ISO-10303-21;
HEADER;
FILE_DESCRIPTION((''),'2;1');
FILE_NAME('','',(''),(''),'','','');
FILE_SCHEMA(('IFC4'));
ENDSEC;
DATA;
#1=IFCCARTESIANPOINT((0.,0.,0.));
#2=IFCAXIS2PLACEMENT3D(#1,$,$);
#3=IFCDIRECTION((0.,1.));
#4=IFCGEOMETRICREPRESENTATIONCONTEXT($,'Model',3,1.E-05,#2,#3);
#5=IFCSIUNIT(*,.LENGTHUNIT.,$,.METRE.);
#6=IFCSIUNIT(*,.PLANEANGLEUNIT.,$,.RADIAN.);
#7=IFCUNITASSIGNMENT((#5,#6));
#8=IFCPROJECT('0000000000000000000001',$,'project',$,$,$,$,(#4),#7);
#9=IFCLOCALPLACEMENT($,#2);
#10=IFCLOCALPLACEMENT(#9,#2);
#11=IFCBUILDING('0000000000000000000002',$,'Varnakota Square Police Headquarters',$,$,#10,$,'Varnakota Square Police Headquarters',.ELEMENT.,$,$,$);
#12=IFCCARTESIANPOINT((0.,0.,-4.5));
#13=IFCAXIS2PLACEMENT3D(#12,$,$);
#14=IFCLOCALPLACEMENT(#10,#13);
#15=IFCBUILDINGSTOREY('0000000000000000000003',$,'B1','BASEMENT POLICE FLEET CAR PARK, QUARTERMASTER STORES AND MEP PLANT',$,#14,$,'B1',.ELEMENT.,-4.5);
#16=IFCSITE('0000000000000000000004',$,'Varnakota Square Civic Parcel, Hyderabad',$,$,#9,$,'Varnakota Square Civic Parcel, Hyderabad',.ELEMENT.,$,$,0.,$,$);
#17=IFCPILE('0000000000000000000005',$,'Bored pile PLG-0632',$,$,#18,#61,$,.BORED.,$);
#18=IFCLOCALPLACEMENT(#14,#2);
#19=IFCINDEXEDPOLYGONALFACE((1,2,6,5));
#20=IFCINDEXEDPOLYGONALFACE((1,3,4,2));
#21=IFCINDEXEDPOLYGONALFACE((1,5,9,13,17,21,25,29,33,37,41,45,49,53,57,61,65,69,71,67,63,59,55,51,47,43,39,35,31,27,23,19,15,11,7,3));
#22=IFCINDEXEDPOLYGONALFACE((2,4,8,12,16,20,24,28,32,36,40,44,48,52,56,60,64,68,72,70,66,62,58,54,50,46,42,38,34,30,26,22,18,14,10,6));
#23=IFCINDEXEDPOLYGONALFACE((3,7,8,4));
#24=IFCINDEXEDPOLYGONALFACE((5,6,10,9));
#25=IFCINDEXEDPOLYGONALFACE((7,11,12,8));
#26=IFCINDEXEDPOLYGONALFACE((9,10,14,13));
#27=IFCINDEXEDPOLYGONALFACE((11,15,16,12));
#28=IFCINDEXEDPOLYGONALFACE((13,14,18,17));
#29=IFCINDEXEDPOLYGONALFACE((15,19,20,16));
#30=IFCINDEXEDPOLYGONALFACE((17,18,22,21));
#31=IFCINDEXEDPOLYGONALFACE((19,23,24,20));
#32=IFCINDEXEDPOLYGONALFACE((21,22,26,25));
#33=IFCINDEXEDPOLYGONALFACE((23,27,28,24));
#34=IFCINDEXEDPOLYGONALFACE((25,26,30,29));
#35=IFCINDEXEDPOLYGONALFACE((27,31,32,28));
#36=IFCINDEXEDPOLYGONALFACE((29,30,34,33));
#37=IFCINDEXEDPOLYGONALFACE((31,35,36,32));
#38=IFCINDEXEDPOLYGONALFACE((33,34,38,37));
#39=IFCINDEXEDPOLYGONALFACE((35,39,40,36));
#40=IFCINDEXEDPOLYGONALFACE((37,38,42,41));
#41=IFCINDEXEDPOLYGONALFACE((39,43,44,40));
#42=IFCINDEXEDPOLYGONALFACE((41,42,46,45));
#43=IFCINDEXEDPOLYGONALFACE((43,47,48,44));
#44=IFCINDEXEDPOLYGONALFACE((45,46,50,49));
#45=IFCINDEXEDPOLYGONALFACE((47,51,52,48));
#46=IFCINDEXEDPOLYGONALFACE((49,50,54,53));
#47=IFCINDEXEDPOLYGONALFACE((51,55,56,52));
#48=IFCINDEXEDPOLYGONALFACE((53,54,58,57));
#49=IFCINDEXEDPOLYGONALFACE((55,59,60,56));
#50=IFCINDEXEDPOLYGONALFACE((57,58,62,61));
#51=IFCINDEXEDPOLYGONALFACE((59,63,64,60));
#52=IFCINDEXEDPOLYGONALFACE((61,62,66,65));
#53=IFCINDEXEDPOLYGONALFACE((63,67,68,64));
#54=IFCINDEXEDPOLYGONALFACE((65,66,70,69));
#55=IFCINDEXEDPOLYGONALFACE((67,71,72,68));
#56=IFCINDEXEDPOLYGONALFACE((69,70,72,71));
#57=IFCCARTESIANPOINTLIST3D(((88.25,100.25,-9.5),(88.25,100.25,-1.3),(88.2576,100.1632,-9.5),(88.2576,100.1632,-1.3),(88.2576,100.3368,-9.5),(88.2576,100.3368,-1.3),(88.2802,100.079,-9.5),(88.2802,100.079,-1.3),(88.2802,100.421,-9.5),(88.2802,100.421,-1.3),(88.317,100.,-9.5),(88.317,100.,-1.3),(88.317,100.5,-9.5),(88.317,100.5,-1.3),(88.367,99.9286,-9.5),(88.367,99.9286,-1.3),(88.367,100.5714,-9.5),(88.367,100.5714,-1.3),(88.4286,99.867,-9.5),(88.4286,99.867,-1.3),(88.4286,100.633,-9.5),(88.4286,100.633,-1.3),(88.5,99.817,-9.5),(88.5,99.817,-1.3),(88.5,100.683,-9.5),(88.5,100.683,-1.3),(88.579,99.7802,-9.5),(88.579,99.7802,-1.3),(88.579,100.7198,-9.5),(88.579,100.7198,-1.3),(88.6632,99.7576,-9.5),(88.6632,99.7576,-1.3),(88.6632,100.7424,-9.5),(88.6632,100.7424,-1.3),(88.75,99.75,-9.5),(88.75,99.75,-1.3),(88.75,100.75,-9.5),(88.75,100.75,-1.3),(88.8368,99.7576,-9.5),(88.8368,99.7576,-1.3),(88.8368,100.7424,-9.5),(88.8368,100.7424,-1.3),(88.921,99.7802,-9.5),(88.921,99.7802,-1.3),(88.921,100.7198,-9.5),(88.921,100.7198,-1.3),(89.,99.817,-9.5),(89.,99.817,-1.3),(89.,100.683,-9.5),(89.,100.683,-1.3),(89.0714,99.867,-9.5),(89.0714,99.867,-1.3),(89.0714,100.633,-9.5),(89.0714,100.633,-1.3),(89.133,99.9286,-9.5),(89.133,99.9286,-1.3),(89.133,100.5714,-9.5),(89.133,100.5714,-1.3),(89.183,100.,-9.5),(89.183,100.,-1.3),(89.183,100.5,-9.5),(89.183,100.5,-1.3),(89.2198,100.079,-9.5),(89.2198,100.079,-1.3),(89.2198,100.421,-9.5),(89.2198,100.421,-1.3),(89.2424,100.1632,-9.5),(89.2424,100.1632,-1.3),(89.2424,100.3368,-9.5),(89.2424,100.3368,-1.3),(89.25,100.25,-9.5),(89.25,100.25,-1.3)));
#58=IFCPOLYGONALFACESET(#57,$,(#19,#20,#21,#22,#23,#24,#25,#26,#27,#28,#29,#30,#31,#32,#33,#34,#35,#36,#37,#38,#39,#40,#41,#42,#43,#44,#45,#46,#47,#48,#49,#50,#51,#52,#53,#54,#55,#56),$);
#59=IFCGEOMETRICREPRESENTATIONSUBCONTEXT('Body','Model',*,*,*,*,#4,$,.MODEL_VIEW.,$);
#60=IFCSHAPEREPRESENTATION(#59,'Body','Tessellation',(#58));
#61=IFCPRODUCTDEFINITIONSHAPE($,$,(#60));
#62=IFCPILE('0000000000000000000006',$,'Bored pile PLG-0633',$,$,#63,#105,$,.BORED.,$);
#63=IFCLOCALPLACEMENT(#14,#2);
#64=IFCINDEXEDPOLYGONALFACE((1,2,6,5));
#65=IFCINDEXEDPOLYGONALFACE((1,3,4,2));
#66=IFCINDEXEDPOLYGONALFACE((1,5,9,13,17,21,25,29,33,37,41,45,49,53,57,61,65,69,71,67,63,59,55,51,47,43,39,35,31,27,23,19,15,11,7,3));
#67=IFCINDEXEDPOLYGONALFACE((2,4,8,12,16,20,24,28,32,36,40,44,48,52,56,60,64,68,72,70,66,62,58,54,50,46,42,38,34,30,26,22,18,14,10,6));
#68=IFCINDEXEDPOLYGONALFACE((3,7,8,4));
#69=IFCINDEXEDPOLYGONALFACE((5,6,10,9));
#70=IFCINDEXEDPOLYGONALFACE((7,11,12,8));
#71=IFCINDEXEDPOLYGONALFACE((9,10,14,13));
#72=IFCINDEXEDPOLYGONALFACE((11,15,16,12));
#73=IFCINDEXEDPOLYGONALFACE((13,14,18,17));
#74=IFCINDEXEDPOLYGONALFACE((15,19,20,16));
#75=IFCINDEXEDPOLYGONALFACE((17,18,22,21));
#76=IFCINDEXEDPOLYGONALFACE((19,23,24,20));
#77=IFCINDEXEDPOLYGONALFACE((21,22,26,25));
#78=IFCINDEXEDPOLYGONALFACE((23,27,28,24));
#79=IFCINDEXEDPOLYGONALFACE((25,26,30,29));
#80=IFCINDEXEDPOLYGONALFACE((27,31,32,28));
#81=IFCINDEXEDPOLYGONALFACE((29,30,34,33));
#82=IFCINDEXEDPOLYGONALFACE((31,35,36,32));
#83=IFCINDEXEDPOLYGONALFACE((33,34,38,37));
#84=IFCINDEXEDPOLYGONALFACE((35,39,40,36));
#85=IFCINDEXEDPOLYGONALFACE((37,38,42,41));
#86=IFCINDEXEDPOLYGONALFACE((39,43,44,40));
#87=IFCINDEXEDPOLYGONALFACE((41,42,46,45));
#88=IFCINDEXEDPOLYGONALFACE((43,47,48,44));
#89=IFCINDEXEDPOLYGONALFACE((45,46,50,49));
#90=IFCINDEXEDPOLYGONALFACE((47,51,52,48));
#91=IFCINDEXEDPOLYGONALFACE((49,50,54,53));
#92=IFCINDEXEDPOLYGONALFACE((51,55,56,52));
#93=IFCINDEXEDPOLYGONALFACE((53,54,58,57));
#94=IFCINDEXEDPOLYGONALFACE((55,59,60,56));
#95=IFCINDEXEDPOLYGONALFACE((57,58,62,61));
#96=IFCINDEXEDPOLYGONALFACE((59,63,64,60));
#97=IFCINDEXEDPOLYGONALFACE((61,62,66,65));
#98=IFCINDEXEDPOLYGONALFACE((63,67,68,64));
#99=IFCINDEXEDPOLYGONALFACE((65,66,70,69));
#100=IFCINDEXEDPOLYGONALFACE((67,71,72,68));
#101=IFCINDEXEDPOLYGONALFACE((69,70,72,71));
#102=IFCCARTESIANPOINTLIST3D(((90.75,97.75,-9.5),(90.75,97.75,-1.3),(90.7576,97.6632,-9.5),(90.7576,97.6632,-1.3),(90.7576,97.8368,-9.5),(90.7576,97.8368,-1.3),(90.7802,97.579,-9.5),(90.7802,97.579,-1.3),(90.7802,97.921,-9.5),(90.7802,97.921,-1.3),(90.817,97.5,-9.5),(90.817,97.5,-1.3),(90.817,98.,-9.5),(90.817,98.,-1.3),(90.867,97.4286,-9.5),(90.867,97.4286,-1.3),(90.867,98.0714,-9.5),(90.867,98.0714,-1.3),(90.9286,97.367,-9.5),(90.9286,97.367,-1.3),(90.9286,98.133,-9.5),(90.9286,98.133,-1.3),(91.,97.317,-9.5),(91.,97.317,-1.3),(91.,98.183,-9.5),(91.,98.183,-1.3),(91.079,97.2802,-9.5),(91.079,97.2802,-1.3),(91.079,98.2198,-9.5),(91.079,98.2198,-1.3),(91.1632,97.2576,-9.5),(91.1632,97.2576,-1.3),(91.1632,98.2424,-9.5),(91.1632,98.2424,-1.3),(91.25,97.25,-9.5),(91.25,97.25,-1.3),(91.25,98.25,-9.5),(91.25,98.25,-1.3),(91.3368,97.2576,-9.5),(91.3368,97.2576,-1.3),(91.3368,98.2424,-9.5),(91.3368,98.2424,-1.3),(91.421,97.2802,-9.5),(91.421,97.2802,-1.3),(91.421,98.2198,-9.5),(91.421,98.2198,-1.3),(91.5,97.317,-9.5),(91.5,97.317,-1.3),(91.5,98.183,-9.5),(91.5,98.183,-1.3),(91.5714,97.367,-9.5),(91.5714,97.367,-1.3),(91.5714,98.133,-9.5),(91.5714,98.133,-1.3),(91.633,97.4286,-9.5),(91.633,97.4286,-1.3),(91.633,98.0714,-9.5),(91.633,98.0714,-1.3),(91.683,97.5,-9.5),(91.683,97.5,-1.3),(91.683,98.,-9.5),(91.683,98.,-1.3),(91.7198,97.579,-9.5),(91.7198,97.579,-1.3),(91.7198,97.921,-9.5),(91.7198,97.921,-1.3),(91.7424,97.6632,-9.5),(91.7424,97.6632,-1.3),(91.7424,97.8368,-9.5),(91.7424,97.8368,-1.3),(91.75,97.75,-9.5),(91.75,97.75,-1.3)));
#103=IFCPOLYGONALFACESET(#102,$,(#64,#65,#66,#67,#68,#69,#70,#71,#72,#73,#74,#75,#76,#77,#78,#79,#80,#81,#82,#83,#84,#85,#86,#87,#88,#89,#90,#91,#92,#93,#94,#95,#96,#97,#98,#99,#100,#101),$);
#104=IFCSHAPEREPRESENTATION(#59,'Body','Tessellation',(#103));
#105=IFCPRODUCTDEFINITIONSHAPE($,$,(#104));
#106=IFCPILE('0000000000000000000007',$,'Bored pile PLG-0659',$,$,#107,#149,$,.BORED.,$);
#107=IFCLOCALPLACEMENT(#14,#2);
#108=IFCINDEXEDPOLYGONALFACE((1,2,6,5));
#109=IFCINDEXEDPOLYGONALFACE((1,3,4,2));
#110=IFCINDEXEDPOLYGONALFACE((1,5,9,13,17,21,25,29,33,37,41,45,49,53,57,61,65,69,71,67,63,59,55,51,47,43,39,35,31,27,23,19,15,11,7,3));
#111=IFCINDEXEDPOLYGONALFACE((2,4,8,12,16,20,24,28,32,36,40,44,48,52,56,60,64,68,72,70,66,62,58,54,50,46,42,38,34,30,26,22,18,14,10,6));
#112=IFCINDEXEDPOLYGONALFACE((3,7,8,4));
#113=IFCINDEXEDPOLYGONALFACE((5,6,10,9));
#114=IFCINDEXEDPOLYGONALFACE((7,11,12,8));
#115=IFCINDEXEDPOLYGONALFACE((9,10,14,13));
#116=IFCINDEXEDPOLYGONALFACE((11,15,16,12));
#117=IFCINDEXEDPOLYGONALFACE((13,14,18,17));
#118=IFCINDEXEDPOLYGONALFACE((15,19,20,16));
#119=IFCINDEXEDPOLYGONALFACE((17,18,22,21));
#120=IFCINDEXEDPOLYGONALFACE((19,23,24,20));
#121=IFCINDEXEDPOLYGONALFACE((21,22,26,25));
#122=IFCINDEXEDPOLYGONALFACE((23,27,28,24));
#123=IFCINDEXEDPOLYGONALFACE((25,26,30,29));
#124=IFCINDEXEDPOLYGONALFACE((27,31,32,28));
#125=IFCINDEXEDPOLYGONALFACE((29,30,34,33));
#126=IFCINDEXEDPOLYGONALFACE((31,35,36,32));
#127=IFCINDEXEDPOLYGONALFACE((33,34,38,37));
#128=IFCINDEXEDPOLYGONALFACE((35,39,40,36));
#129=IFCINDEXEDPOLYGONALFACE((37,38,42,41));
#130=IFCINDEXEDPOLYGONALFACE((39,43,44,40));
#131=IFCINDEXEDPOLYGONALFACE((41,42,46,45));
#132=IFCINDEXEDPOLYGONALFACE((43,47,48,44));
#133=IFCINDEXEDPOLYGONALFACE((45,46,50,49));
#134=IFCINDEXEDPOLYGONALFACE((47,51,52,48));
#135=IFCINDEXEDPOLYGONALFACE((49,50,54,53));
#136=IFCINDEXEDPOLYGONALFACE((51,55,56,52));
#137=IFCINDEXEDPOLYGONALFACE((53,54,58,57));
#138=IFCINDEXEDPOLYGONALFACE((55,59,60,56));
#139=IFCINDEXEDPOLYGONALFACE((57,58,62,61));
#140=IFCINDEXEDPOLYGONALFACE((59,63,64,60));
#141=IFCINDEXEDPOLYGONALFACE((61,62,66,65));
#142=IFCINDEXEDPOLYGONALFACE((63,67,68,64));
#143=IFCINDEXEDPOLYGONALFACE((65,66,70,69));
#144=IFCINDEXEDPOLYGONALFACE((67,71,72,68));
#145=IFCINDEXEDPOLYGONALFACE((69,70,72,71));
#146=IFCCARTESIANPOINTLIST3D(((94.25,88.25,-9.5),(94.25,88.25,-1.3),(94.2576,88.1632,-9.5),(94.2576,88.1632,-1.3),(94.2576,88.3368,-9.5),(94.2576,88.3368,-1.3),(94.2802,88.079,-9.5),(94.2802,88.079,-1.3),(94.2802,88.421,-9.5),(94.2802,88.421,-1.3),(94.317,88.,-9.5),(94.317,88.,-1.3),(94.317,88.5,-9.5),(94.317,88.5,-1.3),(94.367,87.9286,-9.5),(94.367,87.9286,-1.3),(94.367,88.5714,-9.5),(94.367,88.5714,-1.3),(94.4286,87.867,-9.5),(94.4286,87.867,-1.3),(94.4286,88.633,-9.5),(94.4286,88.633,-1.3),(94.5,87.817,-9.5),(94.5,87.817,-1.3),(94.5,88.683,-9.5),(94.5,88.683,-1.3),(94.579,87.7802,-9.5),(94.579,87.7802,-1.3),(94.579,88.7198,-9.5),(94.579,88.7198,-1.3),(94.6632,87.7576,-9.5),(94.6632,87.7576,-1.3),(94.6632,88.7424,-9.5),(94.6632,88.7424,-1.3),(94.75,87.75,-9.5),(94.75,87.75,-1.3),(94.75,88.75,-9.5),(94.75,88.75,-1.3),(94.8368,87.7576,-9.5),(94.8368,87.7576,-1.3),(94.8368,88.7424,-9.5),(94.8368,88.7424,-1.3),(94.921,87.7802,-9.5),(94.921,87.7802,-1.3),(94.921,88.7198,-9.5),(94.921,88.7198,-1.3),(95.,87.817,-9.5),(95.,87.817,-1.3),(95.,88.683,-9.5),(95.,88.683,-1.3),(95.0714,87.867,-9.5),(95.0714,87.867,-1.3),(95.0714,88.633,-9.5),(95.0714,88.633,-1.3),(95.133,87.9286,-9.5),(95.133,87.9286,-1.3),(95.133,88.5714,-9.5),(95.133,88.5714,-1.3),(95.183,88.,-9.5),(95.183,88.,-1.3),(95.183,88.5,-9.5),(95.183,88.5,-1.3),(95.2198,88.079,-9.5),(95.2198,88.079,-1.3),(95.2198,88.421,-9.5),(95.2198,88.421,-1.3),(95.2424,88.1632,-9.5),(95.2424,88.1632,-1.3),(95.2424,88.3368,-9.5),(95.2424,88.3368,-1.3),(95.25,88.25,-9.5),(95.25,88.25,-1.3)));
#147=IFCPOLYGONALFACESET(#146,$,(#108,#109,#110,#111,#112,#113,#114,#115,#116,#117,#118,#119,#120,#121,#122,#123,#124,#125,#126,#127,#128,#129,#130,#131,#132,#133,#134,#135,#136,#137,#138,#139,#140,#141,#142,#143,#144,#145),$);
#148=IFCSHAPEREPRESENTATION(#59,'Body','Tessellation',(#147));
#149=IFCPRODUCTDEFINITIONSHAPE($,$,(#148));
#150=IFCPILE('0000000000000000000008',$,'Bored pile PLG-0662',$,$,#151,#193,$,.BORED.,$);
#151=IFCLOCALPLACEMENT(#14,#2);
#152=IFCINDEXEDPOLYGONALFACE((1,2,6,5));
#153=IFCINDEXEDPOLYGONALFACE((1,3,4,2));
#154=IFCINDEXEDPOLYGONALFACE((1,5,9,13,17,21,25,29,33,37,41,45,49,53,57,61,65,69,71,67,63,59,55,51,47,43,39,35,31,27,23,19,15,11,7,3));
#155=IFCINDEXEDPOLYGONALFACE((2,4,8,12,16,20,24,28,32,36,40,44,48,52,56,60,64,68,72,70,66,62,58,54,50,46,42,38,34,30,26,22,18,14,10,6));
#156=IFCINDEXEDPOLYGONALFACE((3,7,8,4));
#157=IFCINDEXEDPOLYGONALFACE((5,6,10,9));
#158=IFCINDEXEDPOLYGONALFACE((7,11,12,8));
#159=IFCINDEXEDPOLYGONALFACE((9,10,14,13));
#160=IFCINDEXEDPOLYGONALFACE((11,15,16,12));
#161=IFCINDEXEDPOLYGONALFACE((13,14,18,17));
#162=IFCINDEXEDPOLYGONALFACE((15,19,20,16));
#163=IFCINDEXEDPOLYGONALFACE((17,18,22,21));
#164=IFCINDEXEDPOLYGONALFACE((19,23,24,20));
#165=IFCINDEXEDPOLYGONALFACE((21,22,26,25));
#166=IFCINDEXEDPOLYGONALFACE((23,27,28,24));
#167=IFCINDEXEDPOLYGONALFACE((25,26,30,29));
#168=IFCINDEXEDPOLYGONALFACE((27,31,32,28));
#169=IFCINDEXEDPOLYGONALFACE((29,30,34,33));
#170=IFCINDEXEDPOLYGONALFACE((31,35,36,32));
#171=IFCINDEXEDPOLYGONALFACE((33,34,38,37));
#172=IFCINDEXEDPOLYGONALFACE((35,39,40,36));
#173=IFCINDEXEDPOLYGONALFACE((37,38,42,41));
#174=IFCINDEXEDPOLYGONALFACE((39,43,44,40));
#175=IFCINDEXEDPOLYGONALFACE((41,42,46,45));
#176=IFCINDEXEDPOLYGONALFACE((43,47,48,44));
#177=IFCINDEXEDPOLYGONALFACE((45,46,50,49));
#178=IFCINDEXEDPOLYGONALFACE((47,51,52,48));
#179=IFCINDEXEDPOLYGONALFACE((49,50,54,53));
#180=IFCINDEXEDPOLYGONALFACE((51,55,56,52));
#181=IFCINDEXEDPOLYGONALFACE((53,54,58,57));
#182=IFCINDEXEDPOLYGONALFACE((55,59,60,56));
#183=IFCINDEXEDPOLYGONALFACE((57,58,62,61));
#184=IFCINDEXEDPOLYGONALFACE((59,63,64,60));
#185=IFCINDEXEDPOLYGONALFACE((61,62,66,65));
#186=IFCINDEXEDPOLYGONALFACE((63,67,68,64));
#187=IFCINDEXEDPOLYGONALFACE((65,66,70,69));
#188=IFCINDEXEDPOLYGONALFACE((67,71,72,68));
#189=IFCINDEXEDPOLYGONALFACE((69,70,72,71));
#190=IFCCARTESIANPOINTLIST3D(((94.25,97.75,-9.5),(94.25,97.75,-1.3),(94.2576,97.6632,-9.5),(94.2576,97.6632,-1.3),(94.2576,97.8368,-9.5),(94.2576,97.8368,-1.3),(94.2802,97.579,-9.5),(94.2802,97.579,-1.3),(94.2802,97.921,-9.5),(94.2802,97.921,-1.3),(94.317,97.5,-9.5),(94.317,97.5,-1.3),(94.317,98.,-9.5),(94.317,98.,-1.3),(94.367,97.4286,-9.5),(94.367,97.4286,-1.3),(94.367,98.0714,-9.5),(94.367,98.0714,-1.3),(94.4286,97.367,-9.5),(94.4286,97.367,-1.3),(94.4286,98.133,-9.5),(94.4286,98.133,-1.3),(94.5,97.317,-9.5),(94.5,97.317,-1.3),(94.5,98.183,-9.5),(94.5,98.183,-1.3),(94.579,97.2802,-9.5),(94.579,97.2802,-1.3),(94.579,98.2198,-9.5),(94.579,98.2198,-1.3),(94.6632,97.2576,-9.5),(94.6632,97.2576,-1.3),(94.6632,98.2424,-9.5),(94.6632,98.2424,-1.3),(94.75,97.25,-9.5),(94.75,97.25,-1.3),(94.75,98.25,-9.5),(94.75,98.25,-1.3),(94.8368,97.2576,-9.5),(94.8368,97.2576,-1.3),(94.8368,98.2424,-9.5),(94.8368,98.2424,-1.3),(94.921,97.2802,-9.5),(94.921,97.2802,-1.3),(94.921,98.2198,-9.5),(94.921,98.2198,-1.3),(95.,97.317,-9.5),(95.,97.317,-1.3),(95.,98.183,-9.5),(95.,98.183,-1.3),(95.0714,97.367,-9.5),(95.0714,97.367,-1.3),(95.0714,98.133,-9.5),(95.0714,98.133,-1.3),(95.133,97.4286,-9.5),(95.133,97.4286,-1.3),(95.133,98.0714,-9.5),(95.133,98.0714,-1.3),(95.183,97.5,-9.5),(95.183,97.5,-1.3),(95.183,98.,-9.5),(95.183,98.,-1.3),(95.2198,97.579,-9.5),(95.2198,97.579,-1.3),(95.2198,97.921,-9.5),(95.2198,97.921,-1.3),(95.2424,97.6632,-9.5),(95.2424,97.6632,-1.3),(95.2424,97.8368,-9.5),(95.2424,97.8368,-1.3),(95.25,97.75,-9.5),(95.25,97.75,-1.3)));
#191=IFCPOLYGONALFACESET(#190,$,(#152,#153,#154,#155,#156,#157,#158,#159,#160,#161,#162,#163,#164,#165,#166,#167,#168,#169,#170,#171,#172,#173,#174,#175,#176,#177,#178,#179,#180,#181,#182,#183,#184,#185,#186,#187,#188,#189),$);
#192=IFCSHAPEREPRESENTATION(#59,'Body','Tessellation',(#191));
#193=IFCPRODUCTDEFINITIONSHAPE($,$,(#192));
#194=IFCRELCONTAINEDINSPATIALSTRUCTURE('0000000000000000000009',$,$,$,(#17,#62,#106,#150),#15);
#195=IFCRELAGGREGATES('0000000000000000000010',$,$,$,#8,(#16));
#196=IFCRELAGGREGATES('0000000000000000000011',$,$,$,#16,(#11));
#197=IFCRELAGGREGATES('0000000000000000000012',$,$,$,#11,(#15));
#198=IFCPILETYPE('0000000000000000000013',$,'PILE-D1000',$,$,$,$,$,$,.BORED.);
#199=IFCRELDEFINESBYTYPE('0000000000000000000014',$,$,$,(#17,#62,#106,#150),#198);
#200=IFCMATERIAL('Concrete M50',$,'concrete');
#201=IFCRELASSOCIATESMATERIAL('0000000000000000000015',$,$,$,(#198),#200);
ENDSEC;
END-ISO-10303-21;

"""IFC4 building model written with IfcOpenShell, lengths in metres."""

from ifc_helpers import new_model, si_unit, direction, frame, origin, origin_2d, place, context, subcontext, project, spatial, circle, extrude, material, material_profile, profile_set, type_object, element, save


model = new_model("IFC4")

# Units and contexts
model_context = context("Model", 3, precision=1e-05, world=origin(), true_north=direction((0.0, 1.0)))
body_context = subcontext(model_context, "Body", "Model", "MODEL_VIEW")
ifc_project = project(units=[si_unit("LENGTHUNIT", "METRE"), si_unit("PLANEANGLEUNIT", "RADIAN")], contexts=[model_context])

# Site, building, storey
site_placement = place(None, origin())
site = spatial("IfcSite", under=ifc_project, at=site_placement, Name="Varnakota Square Civic Parcel, Hyderabad", LongName="Varnakota Square Civic Parcel, Hyderabad", CompositionType="ELEMENT", RefElevation=0.0)
building_placement = place(site_placement, origin())
building = spatial("IfcBuilding", under=site, at=building_placement, Name="Varnakota Square Police Headquarters", LongName="Varnakota Square Police Headquarters", CompositionType="ELEMENT")
storey_placement = place(building_placement, frame((0.0, 0.0, -4.5)))
storey = spatial("IfcBuildingStorey", under=building, at=storey_placement, Name="B1", Description="BASEMENT POLICE FLEET CAR PARK, QUARTERMASTER STORES AND MEP PLANT", LongName="B1", CompositionType="ELEMENT", Elevation=-4.5)

# Shared definitions
ifc_material_1 = material(Name="Concrete M50", Category="concrete")

# Piles
ifc_material_profile_1 = material_profile(ifc_material_1, circle(Radius=0.5, at=origin_2d()), Name="BORED PILE 1000")
ifc_profile_set_1 = profile_set([ifc_material_profile_1], Name="Concrete M50")
pile_type_1 = type_object("IfcPileType", Name="PILE-D1000", PredefinedType="BORED", material=ifc_profile_set_1)
for number, where, z_axis, x_axis, name in (
    (1, (88.75, 100.25, -1.3), (0.0, 0.0, -1.0), (1.0, 0.0, 0.0), "Bored pile PLG-0632"),
    (2, (91.25, 97.75, -1.3), (0.0, 0.0, -1.0), (1.0, 0.0, 0.0), "Bored pile PLG-0633"),
    (3, (94.75, 88.25, -1.3), (0.0, 0.0, -1.0), (1.0, 0.0, 0.0), "Bored pile PLG-0659"),
    (4, (94.75, 97.75, -1.3), (0.0, 0.0, -1.0), (1.0, 0.0, 0.0), "Bored pile PLG-0662"),
):
    element("IfcPile", number, at=place(storey_placement, frame(where, z_axis=z_axis, x_axis=x_axis)), inside=storey, type_object=pile_type_1, Name=name, PredefinedType="BORED", context=body_context, shape_type="SweptSolid", body=[
        extrude(circle(Radius=0.5, at=origin_2d()), origin(), (0.0, 0.0, 1.0), 8.2),
    ])

save(model, "model.ifc")
